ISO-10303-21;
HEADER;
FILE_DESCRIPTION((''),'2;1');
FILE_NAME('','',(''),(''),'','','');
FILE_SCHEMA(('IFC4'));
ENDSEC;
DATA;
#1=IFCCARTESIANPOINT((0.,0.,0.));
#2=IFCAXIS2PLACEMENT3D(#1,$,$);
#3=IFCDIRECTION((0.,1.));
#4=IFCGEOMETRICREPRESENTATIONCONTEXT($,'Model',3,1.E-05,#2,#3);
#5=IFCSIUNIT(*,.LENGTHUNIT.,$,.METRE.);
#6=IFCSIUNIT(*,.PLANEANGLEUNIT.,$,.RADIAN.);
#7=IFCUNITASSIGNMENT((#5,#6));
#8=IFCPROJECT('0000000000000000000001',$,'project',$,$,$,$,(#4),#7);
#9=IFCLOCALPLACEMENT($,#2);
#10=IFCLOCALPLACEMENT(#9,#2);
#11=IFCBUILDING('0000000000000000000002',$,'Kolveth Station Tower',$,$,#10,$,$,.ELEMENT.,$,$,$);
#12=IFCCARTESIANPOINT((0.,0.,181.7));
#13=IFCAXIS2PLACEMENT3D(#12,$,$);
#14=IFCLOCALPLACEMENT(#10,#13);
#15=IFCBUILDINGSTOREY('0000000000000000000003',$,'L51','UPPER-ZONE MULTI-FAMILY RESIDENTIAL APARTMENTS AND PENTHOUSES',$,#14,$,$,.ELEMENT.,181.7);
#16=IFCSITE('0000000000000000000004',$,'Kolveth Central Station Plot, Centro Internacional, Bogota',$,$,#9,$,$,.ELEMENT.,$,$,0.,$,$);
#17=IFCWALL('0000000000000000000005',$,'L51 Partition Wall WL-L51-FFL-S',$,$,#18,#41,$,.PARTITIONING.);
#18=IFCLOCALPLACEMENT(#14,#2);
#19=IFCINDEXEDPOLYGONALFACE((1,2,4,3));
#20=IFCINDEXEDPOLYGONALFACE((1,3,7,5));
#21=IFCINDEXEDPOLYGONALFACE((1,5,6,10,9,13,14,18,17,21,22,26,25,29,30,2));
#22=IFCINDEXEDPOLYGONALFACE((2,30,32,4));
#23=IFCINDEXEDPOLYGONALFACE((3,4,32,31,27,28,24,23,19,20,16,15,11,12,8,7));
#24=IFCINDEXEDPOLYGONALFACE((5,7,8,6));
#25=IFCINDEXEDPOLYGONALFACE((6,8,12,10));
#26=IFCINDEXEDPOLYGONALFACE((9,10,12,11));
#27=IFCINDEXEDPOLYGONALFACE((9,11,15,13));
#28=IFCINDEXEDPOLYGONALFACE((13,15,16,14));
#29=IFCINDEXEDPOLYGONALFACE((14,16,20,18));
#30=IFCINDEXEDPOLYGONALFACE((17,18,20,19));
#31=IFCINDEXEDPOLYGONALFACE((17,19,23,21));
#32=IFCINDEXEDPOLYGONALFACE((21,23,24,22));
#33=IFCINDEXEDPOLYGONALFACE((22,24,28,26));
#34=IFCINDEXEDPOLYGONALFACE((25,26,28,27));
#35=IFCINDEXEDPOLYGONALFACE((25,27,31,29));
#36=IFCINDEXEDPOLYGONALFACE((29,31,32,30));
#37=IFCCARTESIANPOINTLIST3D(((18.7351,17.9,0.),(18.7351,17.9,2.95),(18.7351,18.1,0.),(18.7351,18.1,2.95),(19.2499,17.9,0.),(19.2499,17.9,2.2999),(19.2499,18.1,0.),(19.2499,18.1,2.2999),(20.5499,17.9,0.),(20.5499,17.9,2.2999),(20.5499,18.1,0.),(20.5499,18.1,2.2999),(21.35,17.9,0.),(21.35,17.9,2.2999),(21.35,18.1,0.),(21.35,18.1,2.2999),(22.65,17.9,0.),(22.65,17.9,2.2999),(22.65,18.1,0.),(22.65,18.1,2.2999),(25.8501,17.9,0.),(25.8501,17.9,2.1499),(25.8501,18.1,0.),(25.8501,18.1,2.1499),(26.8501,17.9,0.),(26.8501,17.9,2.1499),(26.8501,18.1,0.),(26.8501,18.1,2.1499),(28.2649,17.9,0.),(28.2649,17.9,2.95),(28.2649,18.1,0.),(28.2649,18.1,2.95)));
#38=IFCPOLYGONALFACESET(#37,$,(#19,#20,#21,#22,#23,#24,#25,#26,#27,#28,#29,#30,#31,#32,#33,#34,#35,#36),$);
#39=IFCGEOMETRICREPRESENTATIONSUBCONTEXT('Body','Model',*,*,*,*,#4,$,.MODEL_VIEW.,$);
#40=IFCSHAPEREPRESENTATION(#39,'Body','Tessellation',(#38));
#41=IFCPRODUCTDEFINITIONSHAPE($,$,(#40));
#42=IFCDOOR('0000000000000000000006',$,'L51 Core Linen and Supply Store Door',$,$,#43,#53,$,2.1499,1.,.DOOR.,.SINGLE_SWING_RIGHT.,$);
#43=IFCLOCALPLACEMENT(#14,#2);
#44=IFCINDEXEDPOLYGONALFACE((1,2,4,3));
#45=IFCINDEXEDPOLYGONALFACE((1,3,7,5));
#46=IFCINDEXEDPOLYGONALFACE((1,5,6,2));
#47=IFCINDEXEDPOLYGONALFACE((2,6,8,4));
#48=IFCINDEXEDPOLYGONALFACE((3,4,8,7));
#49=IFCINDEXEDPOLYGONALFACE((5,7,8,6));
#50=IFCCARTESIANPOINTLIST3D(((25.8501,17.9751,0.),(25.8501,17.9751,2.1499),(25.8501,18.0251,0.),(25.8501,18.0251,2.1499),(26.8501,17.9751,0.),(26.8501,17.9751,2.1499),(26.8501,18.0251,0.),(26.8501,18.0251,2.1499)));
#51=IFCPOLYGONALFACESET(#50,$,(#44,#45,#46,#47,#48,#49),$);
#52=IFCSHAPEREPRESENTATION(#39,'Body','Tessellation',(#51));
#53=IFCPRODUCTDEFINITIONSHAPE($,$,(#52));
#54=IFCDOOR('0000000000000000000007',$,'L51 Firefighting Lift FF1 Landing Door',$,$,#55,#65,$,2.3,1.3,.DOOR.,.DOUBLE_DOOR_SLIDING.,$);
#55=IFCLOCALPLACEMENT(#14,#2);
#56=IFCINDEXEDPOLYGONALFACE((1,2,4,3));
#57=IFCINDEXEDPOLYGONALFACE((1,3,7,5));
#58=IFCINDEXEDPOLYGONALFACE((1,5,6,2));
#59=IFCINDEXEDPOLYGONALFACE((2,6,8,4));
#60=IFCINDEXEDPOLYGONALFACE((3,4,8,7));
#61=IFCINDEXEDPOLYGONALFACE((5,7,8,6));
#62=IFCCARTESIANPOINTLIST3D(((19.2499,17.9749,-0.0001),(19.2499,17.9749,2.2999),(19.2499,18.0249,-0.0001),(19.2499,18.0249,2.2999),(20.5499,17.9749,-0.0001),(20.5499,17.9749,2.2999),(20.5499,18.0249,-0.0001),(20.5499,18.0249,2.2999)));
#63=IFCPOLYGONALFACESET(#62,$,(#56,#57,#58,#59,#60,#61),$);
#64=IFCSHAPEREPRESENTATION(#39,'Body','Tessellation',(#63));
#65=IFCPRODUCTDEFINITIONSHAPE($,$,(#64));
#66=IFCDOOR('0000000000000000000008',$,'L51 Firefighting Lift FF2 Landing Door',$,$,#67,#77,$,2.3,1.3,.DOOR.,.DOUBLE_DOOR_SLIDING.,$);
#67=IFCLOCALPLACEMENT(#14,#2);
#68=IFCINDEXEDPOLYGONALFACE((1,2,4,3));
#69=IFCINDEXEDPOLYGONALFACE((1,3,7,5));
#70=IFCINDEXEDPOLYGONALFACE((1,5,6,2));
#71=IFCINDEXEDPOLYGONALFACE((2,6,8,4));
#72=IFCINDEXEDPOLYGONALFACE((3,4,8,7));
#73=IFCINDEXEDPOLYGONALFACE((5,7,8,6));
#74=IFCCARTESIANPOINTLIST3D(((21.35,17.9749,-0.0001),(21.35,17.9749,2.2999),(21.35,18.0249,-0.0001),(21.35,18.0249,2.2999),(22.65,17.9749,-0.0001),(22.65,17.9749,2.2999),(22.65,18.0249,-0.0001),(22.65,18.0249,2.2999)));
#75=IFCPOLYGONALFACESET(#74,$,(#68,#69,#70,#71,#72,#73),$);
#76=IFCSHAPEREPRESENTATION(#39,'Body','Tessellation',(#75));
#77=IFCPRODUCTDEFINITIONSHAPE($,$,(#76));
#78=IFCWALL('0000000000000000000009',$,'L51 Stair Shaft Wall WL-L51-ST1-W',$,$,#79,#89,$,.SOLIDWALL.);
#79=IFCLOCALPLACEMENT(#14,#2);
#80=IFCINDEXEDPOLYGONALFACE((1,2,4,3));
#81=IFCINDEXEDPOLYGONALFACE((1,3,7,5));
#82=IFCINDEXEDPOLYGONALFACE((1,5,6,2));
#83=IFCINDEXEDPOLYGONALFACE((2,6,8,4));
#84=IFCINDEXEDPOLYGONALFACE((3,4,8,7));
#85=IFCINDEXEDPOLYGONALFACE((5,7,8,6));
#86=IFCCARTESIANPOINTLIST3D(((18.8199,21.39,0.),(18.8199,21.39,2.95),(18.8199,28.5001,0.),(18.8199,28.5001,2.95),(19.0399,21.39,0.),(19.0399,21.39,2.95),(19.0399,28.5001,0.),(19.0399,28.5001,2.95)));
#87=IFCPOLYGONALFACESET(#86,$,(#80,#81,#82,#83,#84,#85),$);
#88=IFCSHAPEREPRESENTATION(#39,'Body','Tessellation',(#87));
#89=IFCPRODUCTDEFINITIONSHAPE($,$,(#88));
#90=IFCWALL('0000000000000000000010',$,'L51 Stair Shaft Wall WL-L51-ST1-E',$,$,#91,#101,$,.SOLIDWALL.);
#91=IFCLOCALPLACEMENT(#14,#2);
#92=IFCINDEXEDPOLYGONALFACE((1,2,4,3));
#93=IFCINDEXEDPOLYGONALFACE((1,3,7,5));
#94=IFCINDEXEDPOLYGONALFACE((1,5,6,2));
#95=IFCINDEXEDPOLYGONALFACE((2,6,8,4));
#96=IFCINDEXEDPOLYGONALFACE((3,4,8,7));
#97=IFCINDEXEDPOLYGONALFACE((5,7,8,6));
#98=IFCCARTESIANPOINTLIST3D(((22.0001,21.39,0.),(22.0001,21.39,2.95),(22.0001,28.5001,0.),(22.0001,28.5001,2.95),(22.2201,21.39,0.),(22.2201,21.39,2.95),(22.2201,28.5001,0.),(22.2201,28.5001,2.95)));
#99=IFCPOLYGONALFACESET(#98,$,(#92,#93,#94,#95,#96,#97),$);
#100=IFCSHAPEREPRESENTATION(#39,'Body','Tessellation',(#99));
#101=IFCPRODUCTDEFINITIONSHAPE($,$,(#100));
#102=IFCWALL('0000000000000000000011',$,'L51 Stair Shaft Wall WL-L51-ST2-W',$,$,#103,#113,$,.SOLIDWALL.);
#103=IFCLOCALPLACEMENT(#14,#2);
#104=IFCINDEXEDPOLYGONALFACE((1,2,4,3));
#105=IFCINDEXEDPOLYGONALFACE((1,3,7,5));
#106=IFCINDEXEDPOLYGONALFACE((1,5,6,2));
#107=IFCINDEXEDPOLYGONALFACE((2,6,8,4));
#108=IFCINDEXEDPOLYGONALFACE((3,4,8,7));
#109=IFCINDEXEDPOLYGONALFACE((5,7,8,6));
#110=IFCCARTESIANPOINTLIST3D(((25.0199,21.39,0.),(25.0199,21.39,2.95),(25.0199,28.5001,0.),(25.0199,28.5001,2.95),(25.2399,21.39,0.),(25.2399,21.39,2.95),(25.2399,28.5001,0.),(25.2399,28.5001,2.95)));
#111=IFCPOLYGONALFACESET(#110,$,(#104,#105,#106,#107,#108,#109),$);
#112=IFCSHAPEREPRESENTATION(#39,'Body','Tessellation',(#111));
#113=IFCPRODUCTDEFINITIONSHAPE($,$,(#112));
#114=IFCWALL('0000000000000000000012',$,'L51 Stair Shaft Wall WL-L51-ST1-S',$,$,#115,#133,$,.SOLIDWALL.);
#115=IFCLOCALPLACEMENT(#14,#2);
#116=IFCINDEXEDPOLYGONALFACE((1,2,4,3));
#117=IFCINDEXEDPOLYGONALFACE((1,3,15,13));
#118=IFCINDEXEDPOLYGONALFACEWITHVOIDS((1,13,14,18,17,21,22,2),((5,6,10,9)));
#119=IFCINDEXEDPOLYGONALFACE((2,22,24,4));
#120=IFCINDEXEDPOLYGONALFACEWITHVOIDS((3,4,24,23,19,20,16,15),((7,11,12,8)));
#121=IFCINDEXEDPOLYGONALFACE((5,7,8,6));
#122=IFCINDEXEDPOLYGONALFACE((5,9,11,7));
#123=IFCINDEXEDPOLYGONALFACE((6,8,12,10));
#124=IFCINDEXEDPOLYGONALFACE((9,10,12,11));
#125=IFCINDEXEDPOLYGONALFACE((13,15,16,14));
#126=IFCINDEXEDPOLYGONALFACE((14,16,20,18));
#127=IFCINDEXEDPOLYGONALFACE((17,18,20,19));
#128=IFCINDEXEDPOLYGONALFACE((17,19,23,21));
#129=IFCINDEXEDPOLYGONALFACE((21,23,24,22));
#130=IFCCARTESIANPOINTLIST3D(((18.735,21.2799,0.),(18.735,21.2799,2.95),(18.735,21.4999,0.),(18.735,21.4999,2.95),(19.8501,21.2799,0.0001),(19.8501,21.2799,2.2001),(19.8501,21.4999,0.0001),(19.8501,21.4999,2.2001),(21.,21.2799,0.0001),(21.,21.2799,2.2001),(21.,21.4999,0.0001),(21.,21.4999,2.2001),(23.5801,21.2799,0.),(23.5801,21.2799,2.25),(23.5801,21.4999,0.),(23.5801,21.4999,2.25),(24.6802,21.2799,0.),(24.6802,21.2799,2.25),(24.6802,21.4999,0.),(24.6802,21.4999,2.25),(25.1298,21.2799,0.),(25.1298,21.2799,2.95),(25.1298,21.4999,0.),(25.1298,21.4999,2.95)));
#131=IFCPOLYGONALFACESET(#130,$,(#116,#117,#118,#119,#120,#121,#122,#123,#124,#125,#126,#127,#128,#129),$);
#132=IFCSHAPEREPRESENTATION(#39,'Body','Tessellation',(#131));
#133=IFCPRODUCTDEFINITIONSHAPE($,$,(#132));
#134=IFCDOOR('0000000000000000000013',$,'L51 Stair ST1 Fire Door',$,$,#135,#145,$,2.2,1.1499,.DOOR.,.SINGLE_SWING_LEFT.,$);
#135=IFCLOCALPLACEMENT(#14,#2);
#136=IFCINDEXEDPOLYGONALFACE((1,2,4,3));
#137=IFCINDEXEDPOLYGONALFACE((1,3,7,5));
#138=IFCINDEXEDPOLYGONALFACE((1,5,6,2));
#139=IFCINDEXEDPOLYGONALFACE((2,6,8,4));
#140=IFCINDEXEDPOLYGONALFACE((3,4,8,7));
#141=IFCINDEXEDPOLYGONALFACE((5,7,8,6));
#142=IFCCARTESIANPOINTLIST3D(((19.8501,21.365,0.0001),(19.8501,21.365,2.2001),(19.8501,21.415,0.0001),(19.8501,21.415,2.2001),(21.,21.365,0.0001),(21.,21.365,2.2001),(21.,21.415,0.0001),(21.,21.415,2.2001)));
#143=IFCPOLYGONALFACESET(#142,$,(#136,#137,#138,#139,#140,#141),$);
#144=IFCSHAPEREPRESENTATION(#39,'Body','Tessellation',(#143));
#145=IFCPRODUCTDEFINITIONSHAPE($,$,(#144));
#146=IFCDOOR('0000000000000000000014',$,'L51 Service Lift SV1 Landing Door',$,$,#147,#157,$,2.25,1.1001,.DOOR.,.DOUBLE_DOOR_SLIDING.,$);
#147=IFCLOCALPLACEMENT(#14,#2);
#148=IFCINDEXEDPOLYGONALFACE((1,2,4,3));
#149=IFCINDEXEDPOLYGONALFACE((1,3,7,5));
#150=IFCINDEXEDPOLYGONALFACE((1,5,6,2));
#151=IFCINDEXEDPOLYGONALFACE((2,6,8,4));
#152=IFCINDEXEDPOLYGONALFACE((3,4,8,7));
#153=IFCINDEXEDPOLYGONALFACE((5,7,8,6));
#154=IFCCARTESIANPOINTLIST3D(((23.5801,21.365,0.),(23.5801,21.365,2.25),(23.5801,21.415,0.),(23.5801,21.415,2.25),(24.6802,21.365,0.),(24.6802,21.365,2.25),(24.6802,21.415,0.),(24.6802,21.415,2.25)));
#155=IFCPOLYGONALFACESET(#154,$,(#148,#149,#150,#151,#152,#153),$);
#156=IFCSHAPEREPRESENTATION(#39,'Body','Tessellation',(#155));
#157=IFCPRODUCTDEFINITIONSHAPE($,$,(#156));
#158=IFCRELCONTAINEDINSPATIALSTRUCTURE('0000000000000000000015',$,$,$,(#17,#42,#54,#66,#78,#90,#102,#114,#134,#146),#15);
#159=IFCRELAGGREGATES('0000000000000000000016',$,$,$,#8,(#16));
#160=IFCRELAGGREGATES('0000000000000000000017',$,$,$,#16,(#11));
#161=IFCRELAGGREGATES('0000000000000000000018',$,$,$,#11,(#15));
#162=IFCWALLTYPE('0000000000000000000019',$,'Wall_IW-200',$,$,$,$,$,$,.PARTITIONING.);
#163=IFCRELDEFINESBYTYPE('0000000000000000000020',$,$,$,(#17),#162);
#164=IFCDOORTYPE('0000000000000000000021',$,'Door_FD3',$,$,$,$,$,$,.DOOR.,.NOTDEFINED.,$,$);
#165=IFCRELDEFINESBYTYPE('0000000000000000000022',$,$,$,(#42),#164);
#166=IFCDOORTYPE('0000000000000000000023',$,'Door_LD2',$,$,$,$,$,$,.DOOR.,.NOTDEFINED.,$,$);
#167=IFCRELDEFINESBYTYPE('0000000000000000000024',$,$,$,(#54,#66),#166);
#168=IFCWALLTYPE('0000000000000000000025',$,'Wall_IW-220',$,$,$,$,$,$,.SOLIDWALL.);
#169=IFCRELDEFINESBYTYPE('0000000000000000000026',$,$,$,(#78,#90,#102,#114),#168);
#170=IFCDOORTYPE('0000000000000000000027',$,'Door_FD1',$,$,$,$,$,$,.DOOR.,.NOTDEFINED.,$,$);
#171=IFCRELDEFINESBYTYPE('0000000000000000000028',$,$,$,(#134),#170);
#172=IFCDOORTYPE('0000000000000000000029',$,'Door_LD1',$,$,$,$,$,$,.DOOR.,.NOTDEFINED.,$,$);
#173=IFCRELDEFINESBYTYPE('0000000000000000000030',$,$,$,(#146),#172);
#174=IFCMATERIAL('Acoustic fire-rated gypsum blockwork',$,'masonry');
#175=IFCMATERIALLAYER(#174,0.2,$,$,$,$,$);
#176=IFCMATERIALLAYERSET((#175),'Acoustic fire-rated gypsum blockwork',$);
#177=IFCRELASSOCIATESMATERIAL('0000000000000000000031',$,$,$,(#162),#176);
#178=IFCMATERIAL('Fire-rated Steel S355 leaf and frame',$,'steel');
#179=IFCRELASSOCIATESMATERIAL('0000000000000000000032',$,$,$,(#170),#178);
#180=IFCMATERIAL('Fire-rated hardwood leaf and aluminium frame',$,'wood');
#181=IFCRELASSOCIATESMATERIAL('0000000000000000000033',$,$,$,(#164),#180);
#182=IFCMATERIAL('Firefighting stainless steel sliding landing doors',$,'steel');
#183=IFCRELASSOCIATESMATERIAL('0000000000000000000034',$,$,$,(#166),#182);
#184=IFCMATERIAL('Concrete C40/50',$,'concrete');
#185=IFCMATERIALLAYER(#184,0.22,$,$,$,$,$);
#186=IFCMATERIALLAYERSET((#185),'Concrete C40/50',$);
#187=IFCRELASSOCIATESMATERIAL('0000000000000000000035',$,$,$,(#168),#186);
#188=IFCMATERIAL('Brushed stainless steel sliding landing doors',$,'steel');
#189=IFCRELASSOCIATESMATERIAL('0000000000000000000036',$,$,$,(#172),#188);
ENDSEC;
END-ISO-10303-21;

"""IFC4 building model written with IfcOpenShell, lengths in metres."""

from ifc_helpers import new_model, si_unit, direction, frame, frame_2d, origin, place, context, subcontext, project, spatial, rectangle, extrude, material, layer, layer_set, type_object, element, fill, save


model = new_model("IFC4")

# Units and contexts
model_context = context("Model", 3, precision=1e-05, world=origin(), true_north=direction((0.0, 1.0)))
body_context = subcontext(model_context, "Body", "Model", "MODEL_VIEW")
ifc_project = project(units=[si_unit("LENGTHUNIT", "METRE"), si_unit("PLANEANGLEUNIT", "RADIAN")], contexts=[model_context])

# Site, building, storey
site_placement = place(None, origin())
site = spatial("IfcSite", under=ifc_project, at=site_placement, Name="Kolveth Central Station Plot, Centro Internacional, Bogota", CompositionType="ELEMENT", RefElevation=0.0)
building_placement = place(site_placement, origin())
building = spatial("IfcBuilding", under=site, at=building_placement, Name="Kolveth Station Tower", CompositionType="ELEMENT")
storey_placement = place(building_placement, frame((0.0, 0.0, 181.7)))
storey = spatial("IfcBuildingStorey", under=building, at=storey_placement, Name="L51", Description="UPPER-ZONE MULTI-FAMILY RESIDENTIAL APARTMENTS AND PENTHOUSES", CompositionType="ELEMENT", Elevation=181.7)

# Shared definitions
ifc_material_1 = material(Name="Acoustic fire-rated gypsum blockwork", Category="masonry")
ifc_layer_1 = layer(ifc_material_1, 0.2)
ifc_layer_set_1 = layer_set([ifc_layer_1], Name="Acoustic fire-rated gypsum blockwork")
wall_type_1 = type_object("IfcWallType", Name="Wall_IW-200", PredefinedType="PARTITIONING", material=ifc_layer_set_1)

# Shared definitions
ifc_material_2 = material(Name="Fire-rated Steel S355 leaf and frame", Category="steel")
door_type_1 = type_object("IfcDoorType", Name="Door_FD1", OperationType="NOTDEFINED", PredefinedType="DOOR", material=ifc_material_2)

# Wall, openings, doors
wall_1_placement = place(storey_placement, frame((18.7351, 18.0, 0.0), z_axis=(0.0, 0.0, 1.0), x_axis=(1.0, 0.0, 0.0)))
wall_1 = element("IfcWall", 1, at=wall_1_placement, inside=storey, type_object=wall_type_1, Name="L51 Partition Wall WL-L51-FFL-S", PredefinedType="PARTITIONING", context=body_context, shape_type="SweptSolid", body=[
    extrude(rectangle(XDim=9.5298, YDim=0.2, at=frame_2d((4.7649, 0.0))), origin(), (0.0, 0.0, 1.0), 2.95),
])
opening_1_placement = place(wall_1_placement, frame((0.5149, 0.0, 0.0)))
opening_1 = element("IfcOpeningElement", 2, at=opening_1_placement, cuts=wall_1, PredefinedType="OPENING", context=body_context, shape_type="SweptSolid", body=[
    extrude(rectangle(XDim=1.3, YDim=2.3, at=frame_2d((0.6499, 1.1499))), frame((0.0, 0.1099, 0.0), z_axis=(0.0, -1.0, 0.0), x_axis=(1.0, 0.0, 0.0)), (0.0, 0.0, 1.0), 0.22),
])
opening_2_placement = place(wall_1_placement, frame((2.615, 0.0, 0.0)))
opening_2 = element("IfcOpeningElement", 3, at=opening_2_placement, cuts=wall_1, PredefinedType="OPENING", context=body_context, shape_type="SweptSolid", body=[
    extrude(rectangle(XDim=1.3, YDim=2.3, at=frame_2d((0.6499, 1.1499))), frame((0.0, 0.1099, 0.0), z_axis=(0.0, -1.0, 0.0), x_axis=(1.0, 0.0, 0.0)), (0.0, 0.0, 1.0), 0.22),
])
opening_3_placement = place(wall_1_placement, frame((7.115, 0.0, 0.0)))
opening_3 = element("IfcOpeningElement", 4, at=opening_3_placement, cuts=wall_1, PredefinedType="OPENING", context=body_context, shape_type="SweptSolid", body=[
    extrude(rectangle(XDim=1.0, YDim=2.1499, at=frame_2d((0.5, 1.075))), frame((0.0, 0.1099, 0.0), z_axis=(0.0, -1.0, 0.0), x_axis=(1.0, 0.0, 0.0)), (0.0, 0.0, 1.0), 0.22),
])
ifc_material_3 = material(Name="Fire-rated hardwood leaf and aluminium frame", Category="wood")
door_type_2 = type_object("IfcDoorType", Name="Door_FD3", OperationType="NOTDEFINED", PredefinedType="DOOR", material=ifc_material_3)
door_1_placement = place(opening_3_placement, frame((1.0, 0.0, 0.0), z_axis=(0.0, 0.0, 1.0), x_axis=(-1.0, 0.0, 0.0)))
door_1 = element("IfcDoor", 5, at=door_1_placement, inside=storey, type_object=door_type_2, Name="L51 Core Linen and Supply Store Door", OperationType="SINGLE_SWING_RIGHT", OverallHeight=2.1499, OverallWidth=1.0, PredefinedType="DOOR", context=body_context, shape_type="SweptSolid", body=[
    extrude(rectangle(XDim=1.0, YDim=2.1499, at=frame_2d((0.5, 1.075))), frame((0.0, 0.0249, 0.0), z_axis=(0.0, -1.0, 0.0), x_axis=(1.0, 0.0, 0.0)), (0.0, 0.0, 1.0), 0.05),
])
fill(opening_3, door_1)
ifc_material_4 = material(Name="Firefighting stainless steel sliding landing doors", Category="steel")
door_type_3 = type_object("IfcDoorType", Name="Door_LD2", OperationType="NOTDEFINED", PredefinedType="DOOR", material=ifc_material_4)
door_2_placement = place(opening_1_placement, origin())
door_2 = element("IfcDoor", 6, at=door_2_placement, inside=storey, type_object=door_type_3, Name="L51 Firefighting Lift FF1 Landing Door", OperationType="DOUBLE_DOOR_SLIDING", OverallHeight=2.3, OverallWidth=1.3, PredefinedType="DOOR", context=body_context, shape_type="SweptSolid", body=[
    extrude(rectangle(XDim=1.3, YDim=2.3, at=frame_2d((0.6499, 1.1499))), frame((0.0, 0.0249, 0.0), z_axis=(0.0, -1.0, 0.0), x_axis=(1.0, 0.0, 0.0)), (0.0, 0.0, 1.0), 0.05),
])
fill(opening_1, door_2)
door_3_placement = place(opening_2_placement, origin())
door_3 = element("IfcDoor", 7, at=door_3_placement, inside=storey, type_object=door_type_3, Name="L51 Firefighting Lift FF2 Landing Door", OperationType="DOUBLE_DOOR_SLIDING", OverallHeight=2.3, OverallWidth=1.3, PredefinedType="DOOR", context=body_context, shape_type="SweptSolid", body=[
    extrude(rectangle(XDim=1.3, YDim=2.3, at=frame_2d((0.6499, 1.1499))), frame((0.0, 0.0249, 0.0), z_axis=(0.0, -1.0, 0.0), x_axis=(1.0, 0.0, 0.0)), (0.0, 0.0, 1.0), 0.05),
])
fill(opening_2, door_3)

# Walls
ifc_material_5 = material(Name="Concrete C40/50", Category="concrete")
ifc_layer_2 = layer(ifc_material_5, 0.22)
ifc_layer_set_2 = layer_set([ifc_layer_2], Name="Concrete C40/50")
wall_type_2 = type_object("IfcWallType", Name="Wall_IW-220", PredefinedType="SOLIDWALL", material=ifc_layer_set_2)
for number, where, z_axis, x_axis, name in (
    (8, (18.9299, 21.3899, 0.0), (0.0, 0.0, 1.0), (0.0, 1.0, 0.0), "L51 Stair Shaft Wall WL-L51-ST1-W"),
    (9, (22.1101, 21.3899, 0.0), (0.0, 0.0, 1.0), (0.0, 1.0, 0.0), "L51 Stair Shaft Wall WL-L51-ST1-E"),
    (10, (25.1299, 21.3899, 0.0), (0.0, 0.0, 1.0), (0.0, 1.0, 0.0), "L51 Stair Shaft Wall WL-L51-ST2-W"),
):
    element("IfcWall", number, at=place(storey_placement, frame(where, z_axis=z_axis, x_axis=x_axis)), inside=storey, type_object=wall_type_2, Name=name, PredefinedType="SOLIDWALL", context=body_context, shape_type="SweptSolid", body=[
        extrude(rectangle(XDim=7.1101, YDim=0.22, at=frame_2d((3.5552, 0.0))), origin(), (0.0, 0.0, 1.0), 2.95),
    ])

# Wall, openings, doors
wall_2_placement = place(storey_placement, frame((18.7351, 21.3899, 0.0), z_axis=(0.0, 0.0, 1.0), x_axis=(1.0, 0.0, 0.0)))
wall_2 = element("IfcWall", 11, at=wall_2_placement, inside=storey, type_object=wall_type_2, Name="L51 Stair Shaft Wall WL-L51-ST1-S", PredefinedType="SOLIDWALL", context=body_context, shape_type="SweptSolid", body=[
    extrude(rectangle(XDim=6.3948, YDim=0.22, at=frame_2d((3.1973, 0.0))), origin(), (0.0, 0.0, 1.0), 2.95),
])
opening_4_placement = place(wall_2_placement, frame((1.115, 0.0, 0.0)))
opening_4 = element("IfcOpeningElement", 12, at=opening_4_placement, cuts=wall_2, PredefinedType="OPENING", context=body_context, shape_type="SweptSolid", body=[
    extrude(rectangle(XDim=1.1499, YDim=2.2, at=frame_2d((0.575, 1.1001))), frame((0.0, 0.1199, 0.0), z_axis=(0.0, -1.0, 0.0), x_axis=(1.0, 0.0, 0.0)), (0.0, 0.0, 1.0), 0.24),
])
opening_5_placement = place(wall_2_placement, frame((4.845, 0.0, 0.0)))
opening_5 = element("IfcOpeningElement", 13, at=opening_5_placement, cuts=wall_2, PredefinedType="OPENING", context=body_context, shape_type="SweptSolid", body=[
    extrude(rectangle(XDim=1.1001, YDim=2.25, at=frame_2d((0.55, 1.125))), frame((0.0, 0.1199, 0.0), z_axis=(0.0, -1.0, 0.0), x_axis=(1.0, 0.0, 0.0)), (0.0, 0.0, 1.0), 0.24),
])
door_4_placement = place(opening_4_placement, frame((1.1499, 0.0, 0.0), z_axis=(0.0, 0.0, 1.0), x_axis=(-1.0, 0.0, 0.0)))
door_4 = element("IfcDoor", 14, at=door_4_placement, inside=storey, type_object=door_type_1, Name="L51 Stair ST1 Fire Door", OperationType="SINGLE_SWING_LEFT", OverallHeight=2.2, OverallWidth=1.1499, PredefinedType="DOOR", context=body_context, shape_type="SweptSolid", body=[
    extrude(rectangle(XDim=1.1499, YDim=2.2, at=frame_2d((0.575, 1.1001))), frame((0.0, 0.0249, 0.0), z_axis=(0.0, -1.0, 0.0), x_axis=(1.0, 0.0, 0.0)), (0.0, 0.0, 1.0), 0.05),
])
fill(opening_4, door_4)
ifc_material_6 = material(Name="Brushed stainless steel sliding landing doors", Category="steel")
door_type_4 = type_object("IfcDoorType", Name="Door_LD1", OperationType="NOTDEFINED", PredefinedType="DOOR", material=ifc_material_6)
door_5_placement = place(opening_5_placement, frame((1.1001, 0.0, 0.0), z_axis=(0.0, 0.0, 1.0), x_axis=(-1.0, 0.0, 0.0)))
door_5 = element("IfcDoor", 15, at=door_5_placement, inside=storey, type_object=door_type_4, Name="L51 Service Lift SV1 Landing Door", OperationType="DOUBLE_DOOR_SLIDING", OverallHeight=2.25, OverallWidth=1.1001, PredefinedType="DOOR", context=body_context, shape_type="SweptSolid", body=[
    extrude(rectangle(XDim=1.1001, YDim=2.25, at=frame_2d((0.55, 1.125))), frame((0.0, 0.0249, 0.0), z_axis=(0.0, -1.0, 0.0), x_axis=(1.0, 0.0, 0.0)), (0.0, 0.0, 1.0), 0.05),
])
fill(opening_5, door_5)

save(model, "model.ifc")
